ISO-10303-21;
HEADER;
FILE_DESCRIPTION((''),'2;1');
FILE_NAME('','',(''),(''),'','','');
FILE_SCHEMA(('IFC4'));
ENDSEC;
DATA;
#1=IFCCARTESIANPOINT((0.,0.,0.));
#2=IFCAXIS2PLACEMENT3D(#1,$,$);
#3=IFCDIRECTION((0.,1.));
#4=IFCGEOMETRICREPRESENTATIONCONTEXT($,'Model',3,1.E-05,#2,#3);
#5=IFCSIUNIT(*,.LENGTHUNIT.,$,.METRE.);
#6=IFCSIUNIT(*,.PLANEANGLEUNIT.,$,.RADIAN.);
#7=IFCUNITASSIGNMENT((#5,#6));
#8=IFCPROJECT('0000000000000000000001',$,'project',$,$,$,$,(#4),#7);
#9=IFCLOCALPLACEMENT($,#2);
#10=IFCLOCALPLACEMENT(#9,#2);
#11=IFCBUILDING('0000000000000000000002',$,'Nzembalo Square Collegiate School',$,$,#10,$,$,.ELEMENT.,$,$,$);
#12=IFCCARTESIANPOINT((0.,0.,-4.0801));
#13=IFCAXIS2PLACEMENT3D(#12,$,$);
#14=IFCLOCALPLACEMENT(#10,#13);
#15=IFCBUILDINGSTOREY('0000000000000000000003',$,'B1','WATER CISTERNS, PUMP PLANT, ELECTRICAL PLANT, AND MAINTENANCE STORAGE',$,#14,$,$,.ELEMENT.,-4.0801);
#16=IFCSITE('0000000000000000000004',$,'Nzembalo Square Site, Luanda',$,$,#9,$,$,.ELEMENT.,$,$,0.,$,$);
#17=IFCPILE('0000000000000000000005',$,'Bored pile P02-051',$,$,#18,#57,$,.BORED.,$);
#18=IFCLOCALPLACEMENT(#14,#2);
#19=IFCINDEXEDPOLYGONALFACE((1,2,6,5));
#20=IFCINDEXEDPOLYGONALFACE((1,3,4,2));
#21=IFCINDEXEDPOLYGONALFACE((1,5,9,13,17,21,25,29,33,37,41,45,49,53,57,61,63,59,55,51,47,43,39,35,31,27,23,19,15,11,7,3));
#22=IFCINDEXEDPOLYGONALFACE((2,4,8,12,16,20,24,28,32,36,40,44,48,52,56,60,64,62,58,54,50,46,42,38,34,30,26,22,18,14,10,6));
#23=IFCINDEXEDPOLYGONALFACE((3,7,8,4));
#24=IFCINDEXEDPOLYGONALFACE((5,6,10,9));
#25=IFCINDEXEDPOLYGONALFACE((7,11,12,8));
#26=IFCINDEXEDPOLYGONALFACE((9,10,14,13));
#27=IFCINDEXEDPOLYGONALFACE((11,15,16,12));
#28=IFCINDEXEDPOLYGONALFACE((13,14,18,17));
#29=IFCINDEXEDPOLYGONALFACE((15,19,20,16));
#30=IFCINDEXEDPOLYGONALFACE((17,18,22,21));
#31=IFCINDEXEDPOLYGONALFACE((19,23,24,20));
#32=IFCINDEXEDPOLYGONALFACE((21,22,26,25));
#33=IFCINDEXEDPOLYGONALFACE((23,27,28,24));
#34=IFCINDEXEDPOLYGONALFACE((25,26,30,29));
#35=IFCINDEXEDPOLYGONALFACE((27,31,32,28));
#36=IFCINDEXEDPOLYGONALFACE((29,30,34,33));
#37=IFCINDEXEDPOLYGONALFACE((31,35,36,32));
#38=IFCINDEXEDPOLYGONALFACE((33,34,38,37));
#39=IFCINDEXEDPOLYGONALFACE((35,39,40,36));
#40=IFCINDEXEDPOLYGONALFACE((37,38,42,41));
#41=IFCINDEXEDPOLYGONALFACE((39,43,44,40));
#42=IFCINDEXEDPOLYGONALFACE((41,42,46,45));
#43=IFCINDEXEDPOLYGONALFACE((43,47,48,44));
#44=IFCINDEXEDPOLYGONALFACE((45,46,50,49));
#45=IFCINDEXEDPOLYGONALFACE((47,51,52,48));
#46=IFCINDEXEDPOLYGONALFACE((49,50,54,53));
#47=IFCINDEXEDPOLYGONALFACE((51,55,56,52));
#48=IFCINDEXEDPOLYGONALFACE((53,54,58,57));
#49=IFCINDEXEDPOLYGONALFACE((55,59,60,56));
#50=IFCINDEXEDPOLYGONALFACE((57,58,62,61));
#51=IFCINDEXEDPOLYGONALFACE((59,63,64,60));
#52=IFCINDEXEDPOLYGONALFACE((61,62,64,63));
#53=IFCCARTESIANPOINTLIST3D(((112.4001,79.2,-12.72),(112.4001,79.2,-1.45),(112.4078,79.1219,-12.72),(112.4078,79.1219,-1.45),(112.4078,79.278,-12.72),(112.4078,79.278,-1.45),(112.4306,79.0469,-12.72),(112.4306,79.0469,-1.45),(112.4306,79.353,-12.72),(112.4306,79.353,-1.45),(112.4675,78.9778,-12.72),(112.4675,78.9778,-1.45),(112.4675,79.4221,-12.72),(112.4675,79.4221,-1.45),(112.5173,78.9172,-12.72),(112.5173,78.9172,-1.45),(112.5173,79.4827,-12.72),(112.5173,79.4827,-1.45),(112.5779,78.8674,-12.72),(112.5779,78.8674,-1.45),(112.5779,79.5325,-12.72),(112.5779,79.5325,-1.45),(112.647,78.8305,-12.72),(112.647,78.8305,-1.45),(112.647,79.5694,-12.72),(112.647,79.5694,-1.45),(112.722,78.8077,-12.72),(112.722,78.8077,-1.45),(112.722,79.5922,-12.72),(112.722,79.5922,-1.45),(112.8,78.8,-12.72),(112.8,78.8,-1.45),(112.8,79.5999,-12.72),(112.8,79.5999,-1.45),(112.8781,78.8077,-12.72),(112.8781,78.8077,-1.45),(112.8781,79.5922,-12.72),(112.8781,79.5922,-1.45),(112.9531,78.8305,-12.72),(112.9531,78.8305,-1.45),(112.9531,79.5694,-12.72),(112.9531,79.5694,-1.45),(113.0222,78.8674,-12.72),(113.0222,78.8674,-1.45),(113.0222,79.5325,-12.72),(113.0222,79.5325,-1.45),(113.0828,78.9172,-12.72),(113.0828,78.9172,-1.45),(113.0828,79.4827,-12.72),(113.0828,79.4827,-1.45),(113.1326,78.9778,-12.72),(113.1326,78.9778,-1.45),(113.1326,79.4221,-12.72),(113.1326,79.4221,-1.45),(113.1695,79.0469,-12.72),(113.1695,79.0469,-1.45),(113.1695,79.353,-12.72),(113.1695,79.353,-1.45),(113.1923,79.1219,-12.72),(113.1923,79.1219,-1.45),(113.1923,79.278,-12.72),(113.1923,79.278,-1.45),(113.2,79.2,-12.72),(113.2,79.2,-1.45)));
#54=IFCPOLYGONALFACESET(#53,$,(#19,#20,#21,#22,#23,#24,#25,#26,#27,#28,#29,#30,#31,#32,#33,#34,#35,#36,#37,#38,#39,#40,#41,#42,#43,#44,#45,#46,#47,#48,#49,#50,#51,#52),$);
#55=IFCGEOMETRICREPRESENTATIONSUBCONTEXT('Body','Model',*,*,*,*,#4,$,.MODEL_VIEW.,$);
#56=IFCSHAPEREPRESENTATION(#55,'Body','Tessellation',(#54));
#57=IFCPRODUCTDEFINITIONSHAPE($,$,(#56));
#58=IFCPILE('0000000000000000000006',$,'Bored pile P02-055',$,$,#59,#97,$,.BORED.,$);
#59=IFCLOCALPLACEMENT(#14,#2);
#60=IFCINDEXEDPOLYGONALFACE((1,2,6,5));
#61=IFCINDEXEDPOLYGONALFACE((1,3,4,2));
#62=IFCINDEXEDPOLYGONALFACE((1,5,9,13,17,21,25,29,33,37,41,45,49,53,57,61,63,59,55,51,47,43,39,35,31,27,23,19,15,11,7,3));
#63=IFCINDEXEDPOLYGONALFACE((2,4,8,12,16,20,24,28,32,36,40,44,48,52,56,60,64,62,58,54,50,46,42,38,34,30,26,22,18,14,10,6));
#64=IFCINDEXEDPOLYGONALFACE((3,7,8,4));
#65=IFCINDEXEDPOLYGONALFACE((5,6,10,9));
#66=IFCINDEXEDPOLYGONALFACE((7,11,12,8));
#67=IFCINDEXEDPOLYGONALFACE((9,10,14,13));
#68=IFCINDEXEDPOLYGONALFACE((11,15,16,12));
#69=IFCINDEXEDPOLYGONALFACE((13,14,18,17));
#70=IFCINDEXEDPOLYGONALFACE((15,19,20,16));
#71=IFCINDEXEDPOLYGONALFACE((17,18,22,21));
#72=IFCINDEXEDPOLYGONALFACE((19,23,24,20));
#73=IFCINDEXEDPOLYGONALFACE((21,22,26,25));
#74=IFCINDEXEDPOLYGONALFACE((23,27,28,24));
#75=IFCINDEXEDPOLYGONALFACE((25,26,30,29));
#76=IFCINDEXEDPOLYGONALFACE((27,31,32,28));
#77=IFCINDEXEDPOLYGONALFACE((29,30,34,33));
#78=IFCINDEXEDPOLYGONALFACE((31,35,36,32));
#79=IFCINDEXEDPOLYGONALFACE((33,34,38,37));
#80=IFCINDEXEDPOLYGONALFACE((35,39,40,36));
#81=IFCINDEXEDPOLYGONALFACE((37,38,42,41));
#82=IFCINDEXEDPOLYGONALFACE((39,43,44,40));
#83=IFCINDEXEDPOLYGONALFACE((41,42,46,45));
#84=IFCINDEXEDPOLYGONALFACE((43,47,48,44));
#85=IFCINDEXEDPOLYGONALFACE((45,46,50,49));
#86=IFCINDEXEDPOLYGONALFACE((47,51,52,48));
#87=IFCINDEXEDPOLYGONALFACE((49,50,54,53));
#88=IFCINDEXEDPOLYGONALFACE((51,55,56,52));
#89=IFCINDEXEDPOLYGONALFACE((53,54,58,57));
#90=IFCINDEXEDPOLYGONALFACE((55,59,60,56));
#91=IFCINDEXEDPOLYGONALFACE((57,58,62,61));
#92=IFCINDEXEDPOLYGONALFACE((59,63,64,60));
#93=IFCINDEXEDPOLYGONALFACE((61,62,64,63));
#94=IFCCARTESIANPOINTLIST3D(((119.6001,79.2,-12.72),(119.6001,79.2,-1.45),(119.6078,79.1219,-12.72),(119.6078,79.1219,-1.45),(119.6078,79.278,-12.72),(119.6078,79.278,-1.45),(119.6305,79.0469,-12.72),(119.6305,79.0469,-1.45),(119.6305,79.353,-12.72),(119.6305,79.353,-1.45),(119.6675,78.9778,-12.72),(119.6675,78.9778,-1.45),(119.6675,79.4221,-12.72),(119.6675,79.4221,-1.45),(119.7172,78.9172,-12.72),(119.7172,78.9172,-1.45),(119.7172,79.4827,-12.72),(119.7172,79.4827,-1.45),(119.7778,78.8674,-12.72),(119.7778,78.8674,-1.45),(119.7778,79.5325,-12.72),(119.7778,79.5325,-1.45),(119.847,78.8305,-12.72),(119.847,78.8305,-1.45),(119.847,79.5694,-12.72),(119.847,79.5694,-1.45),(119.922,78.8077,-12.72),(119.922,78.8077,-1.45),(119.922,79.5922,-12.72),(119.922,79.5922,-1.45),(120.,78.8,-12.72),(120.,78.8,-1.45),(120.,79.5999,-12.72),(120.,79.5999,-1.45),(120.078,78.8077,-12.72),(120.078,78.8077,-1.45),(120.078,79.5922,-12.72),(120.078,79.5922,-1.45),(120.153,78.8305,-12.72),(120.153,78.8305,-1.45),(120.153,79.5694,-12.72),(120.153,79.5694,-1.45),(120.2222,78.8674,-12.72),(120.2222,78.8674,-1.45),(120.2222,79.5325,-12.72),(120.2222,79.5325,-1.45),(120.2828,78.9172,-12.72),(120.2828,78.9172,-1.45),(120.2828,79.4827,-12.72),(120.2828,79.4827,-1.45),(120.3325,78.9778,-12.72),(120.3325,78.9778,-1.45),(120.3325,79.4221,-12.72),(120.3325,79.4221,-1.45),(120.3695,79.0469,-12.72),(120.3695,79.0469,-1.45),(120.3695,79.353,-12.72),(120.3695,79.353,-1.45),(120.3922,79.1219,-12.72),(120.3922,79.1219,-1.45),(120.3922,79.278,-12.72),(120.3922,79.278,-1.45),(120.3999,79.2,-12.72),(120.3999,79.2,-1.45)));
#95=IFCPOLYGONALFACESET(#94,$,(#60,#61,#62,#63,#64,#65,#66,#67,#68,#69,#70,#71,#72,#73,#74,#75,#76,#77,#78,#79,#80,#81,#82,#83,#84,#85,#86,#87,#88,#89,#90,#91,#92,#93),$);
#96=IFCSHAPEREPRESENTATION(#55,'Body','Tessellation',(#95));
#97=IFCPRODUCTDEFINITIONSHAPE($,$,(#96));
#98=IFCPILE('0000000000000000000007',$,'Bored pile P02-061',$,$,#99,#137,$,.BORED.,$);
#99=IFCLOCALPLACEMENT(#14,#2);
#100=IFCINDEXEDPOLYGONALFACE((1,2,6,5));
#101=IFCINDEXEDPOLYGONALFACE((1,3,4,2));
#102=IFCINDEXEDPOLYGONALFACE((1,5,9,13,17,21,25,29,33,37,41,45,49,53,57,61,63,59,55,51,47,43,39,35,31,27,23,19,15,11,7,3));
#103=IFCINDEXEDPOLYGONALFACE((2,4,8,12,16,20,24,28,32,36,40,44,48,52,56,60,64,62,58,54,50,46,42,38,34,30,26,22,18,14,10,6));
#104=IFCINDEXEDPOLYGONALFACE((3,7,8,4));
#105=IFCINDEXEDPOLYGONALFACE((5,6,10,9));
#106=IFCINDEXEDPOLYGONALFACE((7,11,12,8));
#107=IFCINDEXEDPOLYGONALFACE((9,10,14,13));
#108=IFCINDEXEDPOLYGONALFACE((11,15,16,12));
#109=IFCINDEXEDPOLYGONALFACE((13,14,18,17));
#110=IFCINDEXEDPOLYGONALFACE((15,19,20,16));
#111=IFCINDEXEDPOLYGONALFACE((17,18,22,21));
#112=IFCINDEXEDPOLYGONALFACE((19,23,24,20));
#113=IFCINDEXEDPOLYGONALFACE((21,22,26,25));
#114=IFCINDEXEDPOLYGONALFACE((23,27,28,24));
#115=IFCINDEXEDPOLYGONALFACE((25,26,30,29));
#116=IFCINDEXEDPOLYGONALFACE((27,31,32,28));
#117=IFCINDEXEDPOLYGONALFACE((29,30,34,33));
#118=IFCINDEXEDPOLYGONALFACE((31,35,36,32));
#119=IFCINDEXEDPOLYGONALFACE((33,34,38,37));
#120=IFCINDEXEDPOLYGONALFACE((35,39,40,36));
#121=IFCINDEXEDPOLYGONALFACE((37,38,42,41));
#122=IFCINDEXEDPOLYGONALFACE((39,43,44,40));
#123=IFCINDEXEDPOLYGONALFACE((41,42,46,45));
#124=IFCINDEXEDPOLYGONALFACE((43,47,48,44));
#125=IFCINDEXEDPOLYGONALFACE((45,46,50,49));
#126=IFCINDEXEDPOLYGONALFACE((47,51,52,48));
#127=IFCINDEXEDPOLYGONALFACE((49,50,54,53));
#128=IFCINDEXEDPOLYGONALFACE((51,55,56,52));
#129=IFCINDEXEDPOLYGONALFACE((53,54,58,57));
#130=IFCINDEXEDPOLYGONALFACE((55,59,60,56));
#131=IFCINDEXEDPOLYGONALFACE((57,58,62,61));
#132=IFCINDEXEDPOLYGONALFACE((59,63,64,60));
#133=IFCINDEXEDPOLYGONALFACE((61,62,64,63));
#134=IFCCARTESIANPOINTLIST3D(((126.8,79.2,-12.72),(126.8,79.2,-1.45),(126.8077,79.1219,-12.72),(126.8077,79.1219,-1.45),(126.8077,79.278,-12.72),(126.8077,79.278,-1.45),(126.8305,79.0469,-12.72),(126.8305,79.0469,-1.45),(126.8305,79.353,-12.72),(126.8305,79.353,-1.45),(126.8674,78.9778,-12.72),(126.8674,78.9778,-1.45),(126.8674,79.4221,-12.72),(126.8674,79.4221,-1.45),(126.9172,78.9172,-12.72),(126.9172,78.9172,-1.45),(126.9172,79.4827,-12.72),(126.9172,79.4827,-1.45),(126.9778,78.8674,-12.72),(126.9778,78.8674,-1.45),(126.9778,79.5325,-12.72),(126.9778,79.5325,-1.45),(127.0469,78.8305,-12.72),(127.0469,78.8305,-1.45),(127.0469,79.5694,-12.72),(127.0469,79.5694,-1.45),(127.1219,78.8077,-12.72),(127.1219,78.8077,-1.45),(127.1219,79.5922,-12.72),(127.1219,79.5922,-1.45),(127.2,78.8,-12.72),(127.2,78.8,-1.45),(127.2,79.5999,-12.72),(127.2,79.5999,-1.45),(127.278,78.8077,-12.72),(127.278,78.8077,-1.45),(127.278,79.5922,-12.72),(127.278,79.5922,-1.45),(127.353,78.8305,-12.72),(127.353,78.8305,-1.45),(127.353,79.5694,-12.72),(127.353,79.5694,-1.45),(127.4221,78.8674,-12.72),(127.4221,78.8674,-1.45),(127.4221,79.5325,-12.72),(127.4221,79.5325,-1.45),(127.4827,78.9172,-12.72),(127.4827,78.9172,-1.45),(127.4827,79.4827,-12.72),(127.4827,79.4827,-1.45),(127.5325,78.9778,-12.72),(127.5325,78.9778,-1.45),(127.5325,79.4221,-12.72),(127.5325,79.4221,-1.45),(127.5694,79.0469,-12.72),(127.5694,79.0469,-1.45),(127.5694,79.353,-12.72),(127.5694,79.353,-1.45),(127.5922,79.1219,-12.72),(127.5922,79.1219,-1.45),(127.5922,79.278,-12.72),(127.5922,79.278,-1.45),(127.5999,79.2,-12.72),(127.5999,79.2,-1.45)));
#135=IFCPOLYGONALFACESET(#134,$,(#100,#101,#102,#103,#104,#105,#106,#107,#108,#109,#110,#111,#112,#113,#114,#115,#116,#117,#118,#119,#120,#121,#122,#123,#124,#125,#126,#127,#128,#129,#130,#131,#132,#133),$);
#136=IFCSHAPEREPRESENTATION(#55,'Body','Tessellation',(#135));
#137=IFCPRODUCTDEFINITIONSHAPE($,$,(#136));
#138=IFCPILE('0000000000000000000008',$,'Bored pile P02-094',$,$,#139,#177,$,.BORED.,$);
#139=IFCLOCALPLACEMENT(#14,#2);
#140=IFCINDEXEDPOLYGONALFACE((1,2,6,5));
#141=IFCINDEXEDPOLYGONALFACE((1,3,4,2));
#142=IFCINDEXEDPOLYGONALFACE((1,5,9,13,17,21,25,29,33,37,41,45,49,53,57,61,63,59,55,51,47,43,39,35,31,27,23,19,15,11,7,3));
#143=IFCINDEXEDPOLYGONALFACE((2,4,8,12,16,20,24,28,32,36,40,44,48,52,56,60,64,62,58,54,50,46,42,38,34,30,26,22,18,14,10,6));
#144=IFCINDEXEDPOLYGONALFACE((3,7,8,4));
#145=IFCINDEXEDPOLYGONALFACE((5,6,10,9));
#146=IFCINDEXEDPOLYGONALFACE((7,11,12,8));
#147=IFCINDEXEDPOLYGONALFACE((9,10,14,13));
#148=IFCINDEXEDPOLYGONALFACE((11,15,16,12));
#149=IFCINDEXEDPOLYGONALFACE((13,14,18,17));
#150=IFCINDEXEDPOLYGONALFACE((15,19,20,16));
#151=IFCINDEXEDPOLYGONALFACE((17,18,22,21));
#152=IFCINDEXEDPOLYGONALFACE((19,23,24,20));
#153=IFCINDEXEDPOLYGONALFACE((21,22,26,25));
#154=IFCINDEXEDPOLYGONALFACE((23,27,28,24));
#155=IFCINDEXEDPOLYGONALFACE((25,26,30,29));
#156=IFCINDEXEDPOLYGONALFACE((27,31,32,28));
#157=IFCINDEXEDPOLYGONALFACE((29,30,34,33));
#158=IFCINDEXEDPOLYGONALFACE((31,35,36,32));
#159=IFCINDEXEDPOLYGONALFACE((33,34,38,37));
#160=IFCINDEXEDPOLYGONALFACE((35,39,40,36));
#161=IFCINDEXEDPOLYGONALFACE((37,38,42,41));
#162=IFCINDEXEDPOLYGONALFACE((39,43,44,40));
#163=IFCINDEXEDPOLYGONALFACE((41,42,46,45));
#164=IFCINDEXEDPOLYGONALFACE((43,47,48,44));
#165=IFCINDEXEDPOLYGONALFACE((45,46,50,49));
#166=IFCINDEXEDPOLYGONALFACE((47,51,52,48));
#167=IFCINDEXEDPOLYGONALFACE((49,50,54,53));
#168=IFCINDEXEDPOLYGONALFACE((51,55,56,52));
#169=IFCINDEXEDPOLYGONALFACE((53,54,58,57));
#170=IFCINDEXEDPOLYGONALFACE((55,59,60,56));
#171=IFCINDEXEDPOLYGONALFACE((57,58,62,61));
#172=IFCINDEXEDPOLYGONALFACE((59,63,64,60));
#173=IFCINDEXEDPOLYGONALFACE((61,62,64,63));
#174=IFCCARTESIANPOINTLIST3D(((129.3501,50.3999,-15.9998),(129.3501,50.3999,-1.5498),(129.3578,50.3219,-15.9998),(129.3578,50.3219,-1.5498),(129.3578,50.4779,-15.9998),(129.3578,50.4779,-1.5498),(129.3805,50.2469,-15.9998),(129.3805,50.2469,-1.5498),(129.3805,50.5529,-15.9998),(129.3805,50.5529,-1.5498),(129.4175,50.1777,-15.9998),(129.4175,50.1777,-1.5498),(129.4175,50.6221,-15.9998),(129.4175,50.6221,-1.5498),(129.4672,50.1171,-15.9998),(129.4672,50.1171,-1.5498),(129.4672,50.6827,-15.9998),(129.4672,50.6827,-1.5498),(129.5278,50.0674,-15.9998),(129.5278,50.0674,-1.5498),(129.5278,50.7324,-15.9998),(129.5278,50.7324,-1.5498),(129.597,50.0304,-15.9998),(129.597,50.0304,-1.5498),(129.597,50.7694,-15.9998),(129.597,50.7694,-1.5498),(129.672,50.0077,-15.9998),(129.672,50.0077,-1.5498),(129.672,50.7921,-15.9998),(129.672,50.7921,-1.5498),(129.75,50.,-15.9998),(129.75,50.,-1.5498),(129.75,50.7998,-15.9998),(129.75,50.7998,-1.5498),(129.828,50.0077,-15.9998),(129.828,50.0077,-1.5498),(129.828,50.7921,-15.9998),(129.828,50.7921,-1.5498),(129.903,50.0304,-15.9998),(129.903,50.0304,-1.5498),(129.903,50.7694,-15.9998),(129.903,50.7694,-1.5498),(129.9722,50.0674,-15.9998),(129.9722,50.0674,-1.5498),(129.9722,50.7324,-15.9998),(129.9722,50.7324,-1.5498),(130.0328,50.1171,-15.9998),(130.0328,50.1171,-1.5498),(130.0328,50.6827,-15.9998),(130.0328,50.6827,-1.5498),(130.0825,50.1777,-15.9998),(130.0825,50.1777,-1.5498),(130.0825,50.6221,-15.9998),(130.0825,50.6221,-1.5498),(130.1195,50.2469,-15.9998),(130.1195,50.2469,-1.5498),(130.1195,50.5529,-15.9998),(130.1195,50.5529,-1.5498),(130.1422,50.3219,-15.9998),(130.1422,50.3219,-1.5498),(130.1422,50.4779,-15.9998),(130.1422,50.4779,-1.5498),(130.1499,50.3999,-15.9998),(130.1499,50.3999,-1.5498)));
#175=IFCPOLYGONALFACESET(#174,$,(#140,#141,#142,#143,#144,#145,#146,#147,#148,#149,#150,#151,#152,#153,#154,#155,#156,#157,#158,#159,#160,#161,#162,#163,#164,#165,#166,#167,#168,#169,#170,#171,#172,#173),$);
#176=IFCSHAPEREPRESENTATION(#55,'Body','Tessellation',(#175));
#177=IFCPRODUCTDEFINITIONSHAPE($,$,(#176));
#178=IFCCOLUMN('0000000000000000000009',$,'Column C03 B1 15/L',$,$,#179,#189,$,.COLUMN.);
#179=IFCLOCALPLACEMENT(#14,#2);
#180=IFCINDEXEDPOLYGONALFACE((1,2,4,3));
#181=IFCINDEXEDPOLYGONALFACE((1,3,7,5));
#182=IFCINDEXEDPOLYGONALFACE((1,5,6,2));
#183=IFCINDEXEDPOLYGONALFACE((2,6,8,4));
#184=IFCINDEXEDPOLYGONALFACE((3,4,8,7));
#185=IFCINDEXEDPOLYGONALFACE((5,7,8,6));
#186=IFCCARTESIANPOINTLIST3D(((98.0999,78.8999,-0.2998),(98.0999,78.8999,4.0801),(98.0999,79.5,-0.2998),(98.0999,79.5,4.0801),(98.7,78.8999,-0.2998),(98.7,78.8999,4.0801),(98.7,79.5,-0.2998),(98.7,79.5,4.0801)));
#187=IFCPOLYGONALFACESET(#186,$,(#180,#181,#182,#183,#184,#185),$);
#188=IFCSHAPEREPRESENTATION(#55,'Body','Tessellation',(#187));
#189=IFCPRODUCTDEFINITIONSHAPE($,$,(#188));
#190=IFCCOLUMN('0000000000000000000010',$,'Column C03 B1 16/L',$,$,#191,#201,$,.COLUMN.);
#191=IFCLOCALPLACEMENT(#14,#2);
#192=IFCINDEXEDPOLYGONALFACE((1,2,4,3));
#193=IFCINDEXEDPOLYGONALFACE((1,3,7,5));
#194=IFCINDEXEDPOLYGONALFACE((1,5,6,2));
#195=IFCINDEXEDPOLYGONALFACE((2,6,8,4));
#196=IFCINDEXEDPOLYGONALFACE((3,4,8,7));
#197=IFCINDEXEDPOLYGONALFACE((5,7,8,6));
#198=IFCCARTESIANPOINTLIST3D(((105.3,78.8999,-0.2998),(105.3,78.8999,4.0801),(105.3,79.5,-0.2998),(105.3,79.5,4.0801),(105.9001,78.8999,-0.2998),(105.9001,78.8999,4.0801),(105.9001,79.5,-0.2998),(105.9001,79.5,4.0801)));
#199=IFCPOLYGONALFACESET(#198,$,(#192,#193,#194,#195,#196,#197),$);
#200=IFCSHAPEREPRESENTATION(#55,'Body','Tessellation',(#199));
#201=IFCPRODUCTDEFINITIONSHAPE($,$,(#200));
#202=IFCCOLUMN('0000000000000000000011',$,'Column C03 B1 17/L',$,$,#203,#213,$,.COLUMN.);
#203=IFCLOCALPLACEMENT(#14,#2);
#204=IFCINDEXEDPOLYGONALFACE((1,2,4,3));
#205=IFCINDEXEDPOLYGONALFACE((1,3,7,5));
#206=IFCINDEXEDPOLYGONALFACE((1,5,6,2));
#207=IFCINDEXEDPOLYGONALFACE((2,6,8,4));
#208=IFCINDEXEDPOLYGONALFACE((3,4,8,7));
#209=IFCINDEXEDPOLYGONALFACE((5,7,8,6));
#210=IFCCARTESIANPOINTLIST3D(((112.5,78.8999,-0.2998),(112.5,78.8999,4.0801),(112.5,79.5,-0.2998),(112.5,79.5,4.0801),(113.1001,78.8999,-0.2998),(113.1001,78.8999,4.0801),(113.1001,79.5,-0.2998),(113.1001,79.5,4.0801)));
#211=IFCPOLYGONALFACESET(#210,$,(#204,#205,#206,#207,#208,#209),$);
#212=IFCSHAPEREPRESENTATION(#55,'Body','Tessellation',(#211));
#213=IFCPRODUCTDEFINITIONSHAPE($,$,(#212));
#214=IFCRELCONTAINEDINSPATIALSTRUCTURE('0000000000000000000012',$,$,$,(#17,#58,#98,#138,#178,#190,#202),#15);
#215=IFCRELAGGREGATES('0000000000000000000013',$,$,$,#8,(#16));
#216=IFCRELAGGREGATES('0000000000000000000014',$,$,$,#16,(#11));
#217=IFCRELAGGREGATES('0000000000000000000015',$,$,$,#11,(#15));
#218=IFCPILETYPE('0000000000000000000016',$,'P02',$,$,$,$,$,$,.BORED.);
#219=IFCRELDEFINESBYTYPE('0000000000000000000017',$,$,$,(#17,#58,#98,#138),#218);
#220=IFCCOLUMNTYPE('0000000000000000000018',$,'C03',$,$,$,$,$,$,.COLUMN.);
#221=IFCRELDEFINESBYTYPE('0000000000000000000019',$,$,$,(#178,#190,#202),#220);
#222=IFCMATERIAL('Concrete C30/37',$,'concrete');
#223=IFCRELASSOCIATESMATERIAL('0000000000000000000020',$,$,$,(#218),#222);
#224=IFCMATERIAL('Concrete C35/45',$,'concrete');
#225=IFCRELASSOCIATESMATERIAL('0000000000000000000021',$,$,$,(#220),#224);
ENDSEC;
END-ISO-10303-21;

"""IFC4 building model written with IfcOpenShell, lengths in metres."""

from ifc_helpers import new_model, si_unit, direction, frame, origin, origin_2d, place, context, subcontext, project, spatial, rectangle, circle, extrude, material, material_profile, profile_set, type_object, element, save


model = new_model("IFC4")

# Units and contexts
model_context = context("Model", 3, precision=1e-05, world=origin(), true_north=direction((0.0, 1.0)))
body_context = subcontext(model_context, "Body", "Model", "MODEL_VIEW")
ifc_project = project(units=[si_unit("LENGTHUNIT", "METRE"), si_unit("PLANEANGLEUNIT", "RADIAN")], contexts=[model_context])

# Site, building, storey
site_placement = place(None, origin())
site = spatial("IfcSite", under=ifc_project, at=site_placement, Name="Nzembalo Square Site, Luanda", CompositionType="ELEMENT", RefElevation=0.0)
building_placement = place(site_placement, origin())
building = spatial("IfcBuilding", under=site, at=building_placement, Name="Nzembalo Square Collegiate School", CompositionType="ELEMENT")
storey_placement = place(building_placement, frame((0.0, 0.0, -4.0801)))
storey = spatial("IfcBuildingStorey", under=building, at=storey_placement, Name="B1", Description="WATER CISTERNS, PUMP PLANT, ELECTRICAL PLANT, AND MAINTENANCE STORAGE", CompositionType="ELEMENT", Elevation=-4.0801)

# Piles
ifc_material_1 = material(Name="Concrete C30/37", Category="concrete")
ifc_material_profile_1 = material_profile(ifc_material_1, circle(Radius=0.3999, at=origin_2d()), Name="PILE D800")
ifc_profile_set_1 = profile_set([ifc_material_profile_1], Name="Concrete C30/37")
pile_type = type_object("IfcPileType", Name="P02", PredefinedType="BORED", material=ifc_profile_set_1)
for number, where, z_axis, x_axis, name in (
    (1, (112.8, 79.2, -1.45), (0.0, 0.0, -1.0), (1.0, 0.0, 0.0), "Bored pile P02-051"),
    (2, (120.0, 79.2, -1.45), (0.0, 0.0, -1.0), (1.0, 0.0, 0.0), "Bored pile P02-055"),
    (3, (127.2, 79.2, -1.45), (0.0, 0.0, -1.0), (1.0, 0.0, 0.0), "Bored pile P02-061"),
):
    element("IfcPile", number, at=place(storey_placement, frame(where, z_axis=z_axis, x_axis=x_axis)), inside=storey, type_object=pile_type, Name=name, PredefinedType="BORED", context=body_context, shape_type="SweptSolid", body=[
        extrude(circle(Radius=0.3999, at=origin_2d()), origin(), (0.0, 0.0, 1.0), 11.27),
    ])
pile_placement = place(storey_placement, frame((129.75, 50.3999, -1.5498), z_axis=(0.0, 0.0, -1.0), x_axis=(1.0, 0.0, 0.0)))
element("IfcPile", 4, at=pile_placement, inside=storey, type_object=pile_type, Name="Bored pile P02-094", PredefinedType="BORED", context=body_context, shape_type="SweptSolid", body=[
    extrude(circle(Radius=0.3999, at=origin_2d()), origin(), (0.0, 0.0, 1.0), 14.45),
])

# Columns
ifc_material_2 = material(Name="Concrete C35/45", Category="concrete")
ifc_material_profile_2 = material_profile(ifc_material_2, rectangle(XDim=0.6001, YDim=0.6001, at=origin_2d()), Name="RC 600x600")
ifc_profile_set_2 = profile_set([ifc_material_profile_2], Name="Concrete C35/45")
column_type_1 = type_object("IfcColumnType", Name="C03", PredefinedType="COLUMN", material=ifc_profile_set_2)
for number, where, z_axis, x_axis, name in (
    (5, (98.3999, 79.2, -0.2998), (0.0, 0.0, 1.0), (1.0, 0.0, 0.0), "Column C03 B1 15/L"),
    (6, (105.6001, 79.2, -0.2998), (0.0, 0.0, 1.0), (1.0, 0.0, 0.0), "Column C03 B1 16/L"),
    (7, (112.8, 79.2, -0.2998), (0.0, 0.0, 1.0), (1.0, 0.0, 0.0), "Column C03 B1 17/L"),
):
    element("IfcColumn", number, at=place(storey_placement, frame(where, z_axis=z_axis, x_axis=x_axis)), inside=storey, type_object=column_type_1, Name=name, PredefinedType="COLUMN", context=body_context, shape_type="SweptSolid", body=[
        extrude(rectangle(XDim=0.6001, YDim=0.6001, at=origin_2d()), origin(), (0.0, 0.0, 1.0), 4.3799),
    ])

save(model, "model.ifc")
